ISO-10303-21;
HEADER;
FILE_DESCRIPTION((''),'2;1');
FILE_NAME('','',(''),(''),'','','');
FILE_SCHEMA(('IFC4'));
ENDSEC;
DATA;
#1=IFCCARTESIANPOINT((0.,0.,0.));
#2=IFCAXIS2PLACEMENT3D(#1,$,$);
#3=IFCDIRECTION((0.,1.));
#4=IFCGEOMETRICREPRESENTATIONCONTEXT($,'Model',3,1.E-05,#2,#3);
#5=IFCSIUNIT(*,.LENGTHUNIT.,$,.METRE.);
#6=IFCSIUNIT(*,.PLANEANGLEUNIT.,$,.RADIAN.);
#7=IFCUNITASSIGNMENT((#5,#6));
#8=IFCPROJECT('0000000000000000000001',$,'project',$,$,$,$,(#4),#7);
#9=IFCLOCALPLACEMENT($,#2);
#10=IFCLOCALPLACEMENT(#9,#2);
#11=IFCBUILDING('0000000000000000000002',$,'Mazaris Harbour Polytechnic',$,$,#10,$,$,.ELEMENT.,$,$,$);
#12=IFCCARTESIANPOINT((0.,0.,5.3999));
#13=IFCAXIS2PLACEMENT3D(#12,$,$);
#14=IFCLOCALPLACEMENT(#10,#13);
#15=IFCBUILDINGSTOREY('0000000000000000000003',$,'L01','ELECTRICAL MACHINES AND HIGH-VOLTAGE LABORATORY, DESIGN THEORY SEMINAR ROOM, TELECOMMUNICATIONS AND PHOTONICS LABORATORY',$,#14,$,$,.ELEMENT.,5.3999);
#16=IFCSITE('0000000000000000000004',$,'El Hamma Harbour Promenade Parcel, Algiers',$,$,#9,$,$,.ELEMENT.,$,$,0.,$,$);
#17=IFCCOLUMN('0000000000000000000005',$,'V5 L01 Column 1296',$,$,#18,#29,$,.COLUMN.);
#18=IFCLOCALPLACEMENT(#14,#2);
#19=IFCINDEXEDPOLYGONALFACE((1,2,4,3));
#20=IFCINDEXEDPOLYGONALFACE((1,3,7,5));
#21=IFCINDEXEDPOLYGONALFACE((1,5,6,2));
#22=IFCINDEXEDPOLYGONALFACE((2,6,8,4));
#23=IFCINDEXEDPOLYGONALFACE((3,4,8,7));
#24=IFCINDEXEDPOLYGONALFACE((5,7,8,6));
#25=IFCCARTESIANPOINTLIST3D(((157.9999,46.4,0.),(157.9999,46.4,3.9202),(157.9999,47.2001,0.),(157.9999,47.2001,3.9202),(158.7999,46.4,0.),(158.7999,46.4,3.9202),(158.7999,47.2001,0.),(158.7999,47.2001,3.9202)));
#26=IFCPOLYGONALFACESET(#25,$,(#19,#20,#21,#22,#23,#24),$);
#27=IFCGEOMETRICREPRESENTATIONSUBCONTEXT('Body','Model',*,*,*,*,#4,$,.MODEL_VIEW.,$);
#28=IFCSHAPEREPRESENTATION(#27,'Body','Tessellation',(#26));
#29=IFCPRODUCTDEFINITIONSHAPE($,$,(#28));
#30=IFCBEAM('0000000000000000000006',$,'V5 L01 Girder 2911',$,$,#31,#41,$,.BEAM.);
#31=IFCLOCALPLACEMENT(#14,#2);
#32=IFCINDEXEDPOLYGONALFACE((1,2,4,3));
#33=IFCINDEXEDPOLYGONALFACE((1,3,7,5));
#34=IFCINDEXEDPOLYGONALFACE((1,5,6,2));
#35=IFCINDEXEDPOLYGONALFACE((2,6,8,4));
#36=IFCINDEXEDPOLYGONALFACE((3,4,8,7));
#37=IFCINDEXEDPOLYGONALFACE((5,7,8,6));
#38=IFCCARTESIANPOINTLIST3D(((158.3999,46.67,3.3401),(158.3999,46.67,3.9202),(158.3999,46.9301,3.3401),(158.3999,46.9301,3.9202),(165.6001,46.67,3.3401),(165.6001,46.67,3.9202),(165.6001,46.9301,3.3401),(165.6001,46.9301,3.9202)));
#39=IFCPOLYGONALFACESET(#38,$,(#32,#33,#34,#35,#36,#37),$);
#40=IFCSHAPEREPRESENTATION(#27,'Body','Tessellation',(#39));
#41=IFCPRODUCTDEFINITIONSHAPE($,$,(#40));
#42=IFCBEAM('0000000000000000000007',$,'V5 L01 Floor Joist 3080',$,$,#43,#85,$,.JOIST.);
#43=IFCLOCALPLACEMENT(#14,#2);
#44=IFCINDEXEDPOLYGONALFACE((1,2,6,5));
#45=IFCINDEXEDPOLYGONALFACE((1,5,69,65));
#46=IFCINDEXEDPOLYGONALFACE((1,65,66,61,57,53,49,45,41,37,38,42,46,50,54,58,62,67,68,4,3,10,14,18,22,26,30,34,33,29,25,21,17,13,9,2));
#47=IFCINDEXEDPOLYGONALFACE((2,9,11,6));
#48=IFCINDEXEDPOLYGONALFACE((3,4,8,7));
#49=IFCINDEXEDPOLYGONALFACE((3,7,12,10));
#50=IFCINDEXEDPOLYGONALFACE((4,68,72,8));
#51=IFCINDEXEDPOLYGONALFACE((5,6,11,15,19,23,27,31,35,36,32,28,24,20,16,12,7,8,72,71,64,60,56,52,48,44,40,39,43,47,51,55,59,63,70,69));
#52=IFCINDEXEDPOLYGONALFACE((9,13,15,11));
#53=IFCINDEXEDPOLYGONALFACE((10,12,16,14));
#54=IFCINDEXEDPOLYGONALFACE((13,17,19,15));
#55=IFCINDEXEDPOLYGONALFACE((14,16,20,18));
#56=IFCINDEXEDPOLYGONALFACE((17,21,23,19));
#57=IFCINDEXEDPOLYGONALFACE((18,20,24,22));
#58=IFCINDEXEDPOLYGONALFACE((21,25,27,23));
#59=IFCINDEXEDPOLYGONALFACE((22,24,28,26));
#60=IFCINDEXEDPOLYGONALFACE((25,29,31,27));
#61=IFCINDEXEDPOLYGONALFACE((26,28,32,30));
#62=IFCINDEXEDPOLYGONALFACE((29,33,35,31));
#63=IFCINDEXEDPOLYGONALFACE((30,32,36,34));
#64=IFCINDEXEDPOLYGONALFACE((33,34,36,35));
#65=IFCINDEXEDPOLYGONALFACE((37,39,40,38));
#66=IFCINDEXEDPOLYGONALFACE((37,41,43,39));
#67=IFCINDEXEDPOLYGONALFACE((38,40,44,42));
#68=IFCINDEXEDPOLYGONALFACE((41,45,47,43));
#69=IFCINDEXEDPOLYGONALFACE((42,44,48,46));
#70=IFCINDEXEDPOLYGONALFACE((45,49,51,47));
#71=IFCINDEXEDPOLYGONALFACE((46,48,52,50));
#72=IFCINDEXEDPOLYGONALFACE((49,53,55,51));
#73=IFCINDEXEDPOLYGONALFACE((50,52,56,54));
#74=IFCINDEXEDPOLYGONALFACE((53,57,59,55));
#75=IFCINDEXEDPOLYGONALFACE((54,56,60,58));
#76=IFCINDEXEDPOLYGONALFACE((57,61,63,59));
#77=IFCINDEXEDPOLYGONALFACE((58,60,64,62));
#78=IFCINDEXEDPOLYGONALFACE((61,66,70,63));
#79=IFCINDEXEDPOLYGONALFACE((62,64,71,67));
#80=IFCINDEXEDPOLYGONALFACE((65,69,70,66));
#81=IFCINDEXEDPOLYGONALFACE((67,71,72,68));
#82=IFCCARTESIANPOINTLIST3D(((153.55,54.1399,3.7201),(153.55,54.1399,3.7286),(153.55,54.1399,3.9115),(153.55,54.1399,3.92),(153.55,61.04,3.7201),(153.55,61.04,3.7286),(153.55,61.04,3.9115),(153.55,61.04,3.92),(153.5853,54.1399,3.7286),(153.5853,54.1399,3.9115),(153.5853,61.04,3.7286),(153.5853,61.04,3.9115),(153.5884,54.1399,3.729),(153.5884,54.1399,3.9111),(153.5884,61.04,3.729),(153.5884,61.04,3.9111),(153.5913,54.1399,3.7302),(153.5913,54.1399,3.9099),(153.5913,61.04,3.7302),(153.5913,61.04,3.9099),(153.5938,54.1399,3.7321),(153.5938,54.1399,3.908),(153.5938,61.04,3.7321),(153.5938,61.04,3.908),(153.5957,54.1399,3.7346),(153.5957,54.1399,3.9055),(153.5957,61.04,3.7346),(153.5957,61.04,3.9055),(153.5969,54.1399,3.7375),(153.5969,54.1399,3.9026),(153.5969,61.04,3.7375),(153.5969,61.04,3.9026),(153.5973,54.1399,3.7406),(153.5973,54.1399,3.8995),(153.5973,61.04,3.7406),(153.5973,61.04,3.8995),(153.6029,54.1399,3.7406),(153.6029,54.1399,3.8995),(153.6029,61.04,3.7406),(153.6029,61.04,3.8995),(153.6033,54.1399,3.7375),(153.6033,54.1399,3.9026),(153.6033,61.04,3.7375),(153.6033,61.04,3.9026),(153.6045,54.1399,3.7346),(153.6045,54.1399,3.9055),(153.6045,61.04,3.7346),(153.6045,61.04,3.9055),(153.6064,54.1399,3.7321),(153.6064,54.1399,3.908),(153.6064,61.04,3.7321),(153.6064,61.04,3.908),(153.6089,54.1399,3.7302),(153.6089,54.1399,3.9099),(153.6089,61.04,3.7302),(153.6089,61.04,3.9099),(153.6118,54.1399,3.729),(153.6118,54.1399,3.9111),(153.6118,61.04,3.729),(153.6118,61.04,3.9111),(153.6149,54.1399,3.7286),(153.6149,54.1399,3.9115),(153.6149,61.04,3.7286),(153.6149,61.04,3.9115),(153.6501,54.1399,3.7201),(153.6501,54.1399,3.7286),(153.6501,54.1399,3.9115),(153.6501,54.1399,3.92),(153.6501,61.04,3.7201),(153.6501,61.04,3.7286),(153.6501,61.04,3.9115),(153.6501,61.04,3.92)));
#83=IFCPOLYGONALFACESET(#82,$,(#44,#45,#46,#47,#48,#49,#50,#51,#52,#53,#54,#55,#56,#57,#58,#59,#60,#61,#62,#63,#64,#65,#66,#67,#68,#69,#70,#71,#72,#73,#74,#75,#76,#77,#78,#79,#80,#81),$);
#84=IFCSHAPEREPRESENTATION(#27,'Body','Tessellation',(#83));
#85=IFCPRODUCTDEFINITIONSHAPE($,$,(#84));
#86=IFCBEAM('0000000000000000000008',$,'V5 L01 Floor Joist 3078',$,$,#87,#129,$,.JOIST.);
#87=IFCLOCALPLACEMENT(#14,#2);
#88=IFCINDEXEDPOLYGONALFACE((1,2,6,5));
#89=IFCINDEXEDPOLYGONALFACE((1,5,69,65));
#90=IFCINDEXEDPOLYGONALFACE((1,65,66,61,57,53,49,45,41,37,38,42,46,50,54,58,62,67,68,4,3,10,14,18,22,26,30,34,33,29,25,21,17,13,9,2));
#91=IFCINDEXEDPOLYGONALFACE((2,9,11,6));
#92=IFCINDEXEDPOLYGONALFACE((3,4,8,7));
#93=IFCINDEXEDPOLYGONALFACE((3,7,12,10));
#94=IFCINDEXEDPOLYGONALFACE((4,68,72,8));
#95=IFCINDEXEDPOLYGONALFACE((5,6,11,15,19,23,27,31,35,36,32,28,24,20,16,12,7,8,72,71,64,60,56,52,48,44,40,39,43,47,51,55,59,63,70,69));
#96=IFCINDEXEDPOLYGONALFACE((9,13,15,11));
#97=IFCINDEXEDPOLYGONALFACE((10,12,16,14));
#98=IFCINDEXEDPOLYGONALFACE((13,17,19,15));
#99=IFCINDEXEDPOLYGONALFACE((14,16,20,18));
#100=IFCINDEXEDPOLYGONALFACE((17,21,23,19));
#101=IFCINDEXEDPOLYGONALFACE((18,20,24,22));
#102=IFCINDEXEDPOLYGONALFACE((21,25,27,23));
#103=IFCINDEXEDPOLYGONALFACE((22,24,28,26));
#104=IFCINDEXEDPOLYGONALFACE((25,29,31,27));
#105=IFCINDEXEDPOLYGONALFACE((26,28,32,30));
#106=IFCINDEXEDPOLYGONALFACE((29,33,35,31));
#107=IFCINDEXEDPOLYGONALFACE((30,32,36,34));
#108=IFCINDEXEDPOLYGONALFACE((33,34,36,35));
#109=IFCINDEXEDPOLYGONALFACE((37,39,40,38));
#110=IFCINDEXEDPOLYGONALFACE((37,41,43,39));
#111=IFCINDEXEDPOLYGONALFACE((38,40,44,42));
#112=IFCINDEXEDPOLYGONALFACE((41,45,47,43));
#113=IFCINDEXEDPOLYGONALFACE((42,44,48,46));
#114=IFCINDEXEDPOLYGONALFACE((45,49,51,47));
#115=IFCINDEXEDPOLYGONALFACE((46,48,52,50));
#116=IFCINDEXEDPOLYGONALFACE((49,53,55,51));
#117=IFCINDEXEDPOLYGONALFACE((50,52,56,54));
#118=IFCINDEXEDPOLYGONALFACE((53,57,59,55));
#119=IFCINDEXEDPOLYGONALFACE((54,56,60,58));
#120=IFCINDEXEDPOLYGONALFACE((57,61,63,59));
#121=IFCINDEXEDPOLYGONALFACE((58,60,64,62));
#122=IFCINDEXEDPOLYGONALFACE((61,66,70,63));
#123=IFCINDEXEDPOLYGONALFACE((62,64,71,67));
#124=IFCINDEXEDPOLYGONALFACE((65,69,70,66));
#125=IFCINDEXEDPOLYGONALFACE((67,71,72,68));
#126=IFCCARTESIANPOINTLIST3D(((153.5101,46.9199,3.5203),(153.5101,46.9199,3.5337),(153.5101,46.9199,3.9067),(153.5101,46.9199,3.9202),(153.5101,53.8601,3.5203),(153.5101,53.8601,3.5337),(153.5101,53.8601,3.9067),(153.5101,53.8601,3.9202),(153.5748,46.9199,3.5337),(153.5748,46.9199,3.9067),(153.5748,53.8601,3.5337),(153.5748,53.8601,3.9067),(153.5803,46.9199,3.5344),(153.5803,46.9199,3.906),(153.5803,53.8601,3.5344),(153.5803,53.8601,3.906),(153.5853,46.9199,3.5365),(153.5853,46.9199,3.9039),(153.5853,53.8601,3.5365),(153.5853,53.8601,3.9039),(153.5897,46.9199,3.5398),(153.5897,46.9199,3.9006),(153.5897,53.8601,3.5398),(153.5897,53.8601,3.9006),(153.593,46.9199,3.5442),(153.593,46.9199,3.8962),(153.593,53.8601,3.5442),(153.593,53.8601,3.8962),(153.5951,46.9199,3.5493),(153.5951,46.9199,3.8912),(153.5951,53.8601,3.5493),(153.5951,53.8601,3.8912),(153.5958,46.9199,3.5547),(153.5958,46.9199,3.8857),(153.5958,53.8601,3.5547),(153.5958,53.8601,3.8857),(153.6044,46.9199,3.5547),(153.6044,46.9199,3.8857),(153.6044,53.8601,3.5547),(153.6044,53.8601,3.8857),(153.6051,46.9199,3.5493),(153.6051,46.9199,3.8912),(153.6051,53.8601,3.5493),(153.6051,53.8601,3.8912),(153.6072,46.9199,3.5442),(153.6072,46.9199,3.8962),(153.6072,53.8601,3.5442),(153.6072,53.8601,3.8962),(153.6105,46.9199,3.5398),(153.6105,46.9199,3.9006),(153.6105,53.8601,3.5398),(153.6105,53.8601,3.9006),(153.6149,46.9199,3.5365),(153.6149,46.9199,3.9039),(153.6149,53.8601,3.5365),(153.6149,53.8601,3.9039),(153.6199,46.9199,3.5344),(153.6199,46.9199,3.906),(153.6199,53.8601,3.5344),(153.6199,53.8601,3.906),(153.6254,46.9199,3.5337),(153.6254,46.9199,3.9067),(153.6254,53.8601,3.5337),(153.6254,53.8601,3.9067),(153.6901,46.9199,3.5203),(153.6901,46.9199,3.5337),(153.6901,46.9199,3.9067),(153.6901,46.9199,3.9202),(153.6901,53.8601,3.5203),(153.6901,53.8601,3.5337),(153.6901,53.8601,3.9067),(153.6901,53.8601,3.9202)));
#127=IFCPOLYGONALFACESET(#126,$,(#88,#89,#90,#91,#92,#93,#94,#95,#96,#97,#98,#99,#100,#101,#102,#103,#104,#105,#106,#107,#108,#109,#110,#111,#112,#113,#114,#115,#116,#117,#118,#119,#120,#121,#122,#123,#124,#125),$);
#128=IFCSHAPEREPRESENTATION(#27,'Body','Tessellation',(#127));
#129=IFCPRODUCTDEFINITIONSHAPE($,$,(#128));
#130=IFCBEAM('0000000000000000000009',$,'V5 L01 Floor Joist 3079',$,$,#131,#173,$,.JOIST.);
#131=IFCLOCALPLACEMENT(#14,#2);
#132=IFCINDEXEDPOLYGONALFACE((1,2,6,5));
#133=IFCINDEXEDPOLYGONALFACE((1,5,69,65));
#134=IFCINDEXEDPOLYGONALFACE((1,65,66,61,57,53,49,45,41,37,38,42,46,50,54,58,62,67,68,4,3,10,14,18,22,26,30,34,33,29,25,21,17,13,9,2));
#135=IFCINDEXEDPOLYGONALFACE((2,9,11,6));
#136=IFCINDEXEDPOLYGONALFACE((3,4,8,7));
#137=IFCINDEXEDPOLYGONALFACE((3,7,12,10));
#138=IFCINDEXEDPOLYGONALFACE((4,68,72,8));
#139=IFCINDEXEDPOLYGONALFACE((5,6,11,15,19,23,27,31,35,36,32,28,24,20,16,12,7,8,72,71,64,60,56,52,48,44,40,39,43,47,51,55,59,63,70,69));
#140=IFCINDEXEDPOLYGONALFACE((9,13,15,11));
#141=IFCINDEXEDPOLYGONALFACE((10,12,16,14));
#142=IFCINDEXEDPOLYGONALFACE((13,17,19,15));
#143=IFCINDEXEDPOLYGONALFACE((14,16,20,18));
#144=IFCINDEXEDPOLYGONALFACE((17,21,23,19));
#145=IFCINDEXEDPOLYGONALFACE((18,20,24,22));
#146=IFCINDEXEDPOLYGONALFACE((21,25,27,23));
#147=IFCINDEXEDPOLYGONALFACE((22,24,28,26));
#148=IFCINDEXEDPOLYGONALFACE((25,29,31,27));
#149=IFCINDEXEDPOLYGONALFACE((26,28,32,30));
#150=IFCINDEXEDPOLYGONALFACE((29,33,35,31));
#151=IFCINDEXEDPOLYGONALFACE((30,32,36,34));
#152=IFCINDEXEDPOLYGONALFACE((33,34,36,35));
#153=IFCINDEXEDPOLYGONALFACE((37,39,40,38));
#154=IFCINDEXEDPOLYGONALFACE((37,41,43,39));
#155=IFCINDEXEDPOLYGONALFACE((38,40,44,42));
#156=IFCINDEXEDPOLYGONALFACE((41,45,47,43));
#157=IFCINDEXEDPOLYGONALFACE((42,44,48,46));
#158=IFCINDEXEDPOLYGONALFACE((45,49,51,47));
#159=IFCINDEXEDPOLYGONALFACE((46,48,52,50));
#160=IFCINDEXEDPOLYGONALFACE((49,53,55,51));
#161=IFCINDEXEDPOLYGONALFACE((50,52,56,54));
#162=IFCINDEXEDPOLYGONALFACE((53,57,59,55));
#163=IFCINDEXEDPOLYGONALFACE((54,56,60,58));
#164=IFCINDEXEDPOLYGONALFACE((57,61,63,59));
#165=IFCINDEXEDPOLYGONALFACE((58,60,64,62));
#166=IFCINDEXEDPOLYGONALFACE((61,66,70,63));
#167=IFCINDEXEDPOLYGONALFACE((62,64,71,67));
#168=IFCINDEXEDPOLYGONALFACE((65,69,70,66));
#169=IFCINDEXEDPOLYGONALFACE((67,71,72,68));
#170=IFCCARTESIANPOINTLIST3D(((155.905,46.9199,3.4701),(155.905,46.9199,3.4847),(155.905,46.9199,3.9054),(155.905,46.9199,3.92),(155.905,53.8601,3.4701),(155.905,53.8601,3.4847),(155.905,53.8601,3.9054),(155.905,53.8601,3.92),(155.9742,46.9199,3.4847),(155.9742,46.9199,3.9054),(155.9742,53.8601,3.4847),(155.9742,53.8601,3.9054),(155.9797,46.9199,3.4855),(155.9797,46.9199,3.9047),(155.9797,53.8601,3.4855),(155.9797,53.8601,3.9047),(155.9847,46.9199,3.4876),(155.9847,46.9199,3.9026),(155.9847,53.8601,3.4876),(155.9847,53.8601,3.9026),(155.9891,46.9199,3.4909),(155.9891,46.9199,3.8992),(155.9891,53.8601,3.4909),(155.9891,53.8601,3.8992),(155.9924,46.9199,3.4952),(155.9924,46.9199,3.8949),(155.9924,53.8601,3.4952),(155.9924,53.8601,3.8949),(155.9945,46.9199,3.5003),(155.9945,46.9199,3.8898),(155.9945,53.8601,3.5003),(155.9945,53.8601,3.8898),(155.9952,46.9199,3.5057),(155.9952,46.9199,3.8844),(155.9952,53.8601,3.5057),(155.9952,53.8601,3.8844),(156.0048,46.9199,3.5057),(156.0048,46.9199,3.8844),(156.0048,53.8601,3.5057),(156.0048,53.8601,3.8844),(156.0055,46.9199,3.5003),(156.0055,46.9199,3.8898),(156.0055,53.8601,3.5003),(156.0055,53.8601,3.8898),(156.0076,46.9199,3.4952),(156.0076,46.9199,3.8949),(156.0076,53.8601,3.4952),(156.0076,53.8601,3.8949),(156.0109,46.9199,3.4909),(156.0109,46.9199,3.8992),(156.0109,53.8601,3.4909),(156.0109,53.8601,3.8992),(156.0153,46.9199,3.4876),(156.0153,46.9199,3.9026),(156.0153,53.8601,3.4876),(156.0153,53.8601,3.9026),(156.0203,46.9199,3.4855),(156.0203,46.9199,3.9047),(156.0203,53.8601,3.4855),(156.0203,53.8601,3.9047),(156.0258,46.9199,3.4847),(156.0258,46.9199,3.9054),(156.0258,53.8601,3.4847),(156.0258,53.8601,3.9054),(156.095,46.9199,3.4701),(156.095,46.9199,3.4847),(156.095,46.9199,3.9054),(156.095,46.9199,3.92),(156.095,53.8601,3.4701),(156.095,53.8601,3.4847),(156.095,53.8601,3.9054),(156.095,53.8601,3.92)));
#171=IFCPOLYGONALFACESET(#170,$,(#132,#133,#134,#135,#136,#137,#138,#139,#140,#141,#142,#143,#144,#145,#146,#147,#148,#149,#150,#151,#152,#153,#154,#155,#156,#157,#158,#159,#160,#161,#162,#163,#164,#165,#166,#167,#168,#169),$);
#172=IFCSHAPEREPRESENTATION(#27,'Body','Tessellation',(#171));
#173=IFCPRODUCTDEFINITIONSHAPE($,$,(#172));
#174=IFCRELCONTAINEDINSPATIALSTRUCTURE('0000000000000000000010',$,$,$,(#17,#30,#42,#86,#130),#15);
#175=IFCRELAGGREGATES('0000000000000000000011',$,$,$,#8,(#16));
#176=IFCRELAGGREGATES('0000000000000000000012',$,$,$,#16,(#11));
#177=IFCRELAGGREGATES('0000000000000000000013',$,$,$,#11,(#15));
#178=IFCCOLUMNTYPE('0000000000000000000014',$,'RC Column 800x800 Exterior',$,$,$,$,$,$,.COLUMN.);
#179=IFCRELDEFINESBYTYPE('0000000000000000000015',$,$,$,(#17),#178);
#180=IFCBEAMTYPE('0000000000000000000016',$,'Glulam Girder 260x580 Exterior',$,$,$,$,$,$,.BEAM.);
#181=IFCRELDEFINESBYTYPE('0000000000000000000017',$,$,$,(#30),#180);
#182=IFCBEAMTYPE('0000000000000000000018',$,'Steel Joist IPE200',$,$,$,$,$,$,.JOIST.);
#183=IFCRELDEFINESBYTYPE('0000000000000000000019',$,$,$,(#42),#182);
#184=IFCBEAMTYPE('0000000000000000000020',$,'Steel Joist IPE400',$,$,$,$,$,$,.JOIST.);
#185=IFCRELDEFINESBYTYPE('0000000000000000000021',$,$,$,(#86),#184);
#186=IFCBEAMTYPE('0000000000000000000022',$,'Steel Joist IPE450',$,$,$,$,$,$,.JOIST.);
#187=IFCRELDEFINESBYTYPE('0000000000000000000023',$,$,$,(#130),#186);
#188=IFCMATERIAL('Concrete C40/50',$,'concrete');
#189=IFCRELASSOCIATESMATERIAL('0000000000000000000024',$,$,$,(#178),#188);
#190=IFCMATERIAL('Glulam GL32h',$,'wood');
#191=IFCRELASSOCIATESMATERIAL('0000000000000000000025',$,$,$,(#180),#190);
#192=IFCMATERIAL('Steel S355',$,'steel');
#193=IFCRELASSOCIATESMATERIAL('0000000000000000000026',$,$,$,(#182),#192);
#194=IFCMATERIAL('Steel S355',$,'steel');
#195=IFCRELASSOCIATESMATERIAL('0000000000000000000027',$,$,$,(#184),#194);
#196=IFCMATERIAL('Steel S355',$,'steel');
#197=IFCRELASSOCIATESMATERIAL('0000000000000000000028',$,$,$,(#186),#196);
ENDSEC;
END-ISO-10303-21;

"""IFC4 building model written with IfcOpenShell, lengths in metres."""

from ifc_helpers import new_model, si_unit, direction, frame, origin, origin_2d, place, context, subcontext, project, spatial, rectangle, i_section, extrude, material, material_profile, profile_set, type_object, element, save


model = new_model("IFC4")

# Units and contexts
model_context = context("Model", 3, precision=1e-05, world=origin(), true_north=direction((0.0, 1.0)))
body_context = subcontext(model_context, "Body", "Model", "MODEL_VIEW")
ifc_project = project(units=[si_unit("LENGTHUNIT", "METRE"), si_unit("PLANEANGLEUNIT", "RADIAN")], contexts=[model_context])

# Site, building, storey
site_placement = place(None, origin())
site = spatial("IfcSite", under=ifc_project, at=site_placement, Name="El Hamma Harbour Promenade Parcel, Algiers", CompositionType="ELEMENT", RefElevation=0.0)
building_placement = place(site_placement, origin())
building = spatial("IfcBuilding", under=site, at=building_placement, Name="Mazaris Harbour Polytechnic", CompositionType="ELEMENT")
storey_placement = place(building_placement, frame((0.0, 0.0, 5.3999)))
storey = spatial("IfcBuildingStorey", under=building, at=storey_placement, Name="L01", Description="ELECTRICAL MACHINES AND HIGH-VOLTAGE LABORATORY, DESIGN THEORY SEMINAR ROOM, TELECOMMUNICATIONS AND PHOTONICS LABORATORY", CompositionType="ELEMENT", Elevation=5.3999)

# Column
ifc_material_1 = material(Name="Concrete C40/50", Category="concrete")
ifc_material_profile_1 = material_profile(ifc_material_1, rectangle(XDim=0.8, YDim=0.8, at=origin_2d()), Name="RECT800x800")
ifc_profile_set_1 = profile_set([ifc_material_profile_1], Name="Concrete C40/50")
column_type = type_object("IfcColumnType", Name="RC Column 800x800 Exterior", PredefinedType="COLUMN", material=ifc_profile_set_1)
column_placement = place(storey_placement, frame((158.3999, 46.8, 0.0), z_axis=(0.0, 0.0, 1.0), x_axis=(1.0, 0.0, 0.0)))
element("IfcColumn", 1, at=column_placement, inside=storey, type_object=column_type, Name="V5 L01 Column 1296", PredefinedType="COLUMN", context=body_context, shape_type="SweptSolid", body=[
    extrude(rectangle(XDim=0.8, YDim=0.8, at=origin_2d()), origin(), (0.0, 0.0, 1.0), 3.9202),
])

# Beams
ifc_material_2 = material(Name="Glulam GL32h", Category="wood")
ifc_material_profile_2 = material_profile(ifc_material_2, rectangle(XDim=0.26, YDim=0.5801, at=origin_2d()), Name="RECT260x580")
ifc_profile_set_2 = profile_set([ifc_material_profile_2], Name="Glulam GL32h")
beam_type_1 = type_object("IfcBeamType", Name="Glulam Girder 260x580 Exterior", PredefinedType="BEAM", material=ifc_profile_set_2)
beam_1_placement = place(storey_placement, frame((158.3999, 46.8, 3.6301), z_axis=(1.0, 0.0, 0.0), x_axis=(0.0, 1.0, 0.0)))
element("IfcBeam", 2, at=beam_1_placement, inside=storey, type_object=beam_type_1, Name="V5 L01 Girder 2911", PredefinedType="BEAM", context=body_context, shape_type="SweptSolid", body=[
    extrude(rectangle(XDim=0.26, YDim=0.5801, at=origin_2d()), origin(), (0.0, 0.0, 1.0), 7.2002),
])
ifc_material_3 = material(Name="Steel S355", Category="steel")
ifc_material_profile_3 = material_profile(ifc_material_3, i_section(OverallWidth=0.1001, OverallDepth=0.2, WebThickness=0.0056, FlangeThickness=0.0085, FilletRadius=0.012, at=origin_2d()), Name="IPE 200")
ifc_profile_set_3 = profile_set([ifc_material_profile_3], Name="Steel S355")
beam_type_2 = type_object("IfcBeamType", Name="Steel Joist IPE200", PredefinedType="JOIST", material=ifc_profile_set_3)
beam_2_placement = place(storey_placement, frame((153.6001, 54.1399, 3.8201), z_axis=(0.0, 1.0, 0.0), x_axis=(-1.0, 0.0, 0.0)))
element("IfcBeam", 3, at=beam_2_placement, inside=storey, type_object=beam_type_2, Name="V5 L01 Floor Joist 3080", PredefinedType="JOIST", context=body_context, shape_type="SweptSolid", body=[
    extrude(i_section(OverallWidth=0.1001, OverallDepth=0.2, WebThickness=0.0056, FlangeThickness=0.0085, FilletRadius=0.012, at=origin_2d()), origin(), (0.0, 0.0, 1.0), 6.9001),
])
ifc_material_4 = material(Name="Steel S355", Category="steel")
ifc_material_profile_4 = material_profile(ifc_material_4, i_section(OverallWidth=0.1799, OverallDepth=0.3999, WebThickness=0.0085, FlangeThickness=0.0134, FilletRadius=0.021, at=origin_2d()), Name="IPE 400")
ifc_profile_set_4 = profile_set([ifc_material_profile_4], Name="Steel S355")
beam_type_3 = type_object("IfcBeamType", Name="Steel Joist IPE400", PredefinedType="JOIST", material=ifc_profile_set_4)
beam_3_placement = place(storey_placement, frame((153.6001, 46.9199, 3.7202), z_axis=(0.0, 1.0, 0.0), x_axis=(-1.0, 0.0, 0.0)))
element("IfcBeam", 4, at=beam_3_placement, inside=storey, type_object=beam_type_3, Name="V5 L01 Floor Joist 3078", PredefinedType="JOIST", context=body_context, shape_type="SweptSolid", body=[
    extrude(i_section(OverallWidth=0.1799, OverallDepth=0.3999, WebThickness=0.0085, FlangeThickness=0.0134, FilletRadius=0.021, at=origin_2d()), origin(), (0.0, 0.0, 1.0), 6.9402),
])
ifc_material_5 = material(Name="Steel S355", Category="steel")
ifc_material_profile_5 = material_profile(ifc_material_5, i_section(OverallWidth=0.1899, OverallDepth=0.45, WebThickness=0.0095, FlangeThickness=0.0146, FilletRadius=0.021, at=origin_2d()), Name="IPE 450")
ifc_profile_set_5 = profile_set([ifc_material_profile_5], Name="Steel S355")
beam_type_4 = type_object("IfcBeamType", Name="Steel Joist IPE450", PredefinedType="JOIST", material=ifc_profile_set_5)
beam_4_placement = place(storey_placement, frame((156.0, 46.9199, 3.6951), z_axis=(0.0, 1.0, 0.0), x_axis=(-1.0, 0.0, 0.0)))
element("IfcBeam", 5, at=beam_4_placement, inside=storey, type_object=beam_type_4, Name="V5 L01 Floor Joist 3079", PredefinedType="JOIST", context=body_context, shape_type="SweptSolid", body=[
    extrude(i_section(OverallWidth=0.1899, OverallDepth=0.45, WebThickness=0.0095, FlangeThickness=0.0146, FilletRadius=0.021, at=origin_2d()), origin(), (0.0, 0.0, 1.0), 6.9402),
])

save(model, "model.ifc")
